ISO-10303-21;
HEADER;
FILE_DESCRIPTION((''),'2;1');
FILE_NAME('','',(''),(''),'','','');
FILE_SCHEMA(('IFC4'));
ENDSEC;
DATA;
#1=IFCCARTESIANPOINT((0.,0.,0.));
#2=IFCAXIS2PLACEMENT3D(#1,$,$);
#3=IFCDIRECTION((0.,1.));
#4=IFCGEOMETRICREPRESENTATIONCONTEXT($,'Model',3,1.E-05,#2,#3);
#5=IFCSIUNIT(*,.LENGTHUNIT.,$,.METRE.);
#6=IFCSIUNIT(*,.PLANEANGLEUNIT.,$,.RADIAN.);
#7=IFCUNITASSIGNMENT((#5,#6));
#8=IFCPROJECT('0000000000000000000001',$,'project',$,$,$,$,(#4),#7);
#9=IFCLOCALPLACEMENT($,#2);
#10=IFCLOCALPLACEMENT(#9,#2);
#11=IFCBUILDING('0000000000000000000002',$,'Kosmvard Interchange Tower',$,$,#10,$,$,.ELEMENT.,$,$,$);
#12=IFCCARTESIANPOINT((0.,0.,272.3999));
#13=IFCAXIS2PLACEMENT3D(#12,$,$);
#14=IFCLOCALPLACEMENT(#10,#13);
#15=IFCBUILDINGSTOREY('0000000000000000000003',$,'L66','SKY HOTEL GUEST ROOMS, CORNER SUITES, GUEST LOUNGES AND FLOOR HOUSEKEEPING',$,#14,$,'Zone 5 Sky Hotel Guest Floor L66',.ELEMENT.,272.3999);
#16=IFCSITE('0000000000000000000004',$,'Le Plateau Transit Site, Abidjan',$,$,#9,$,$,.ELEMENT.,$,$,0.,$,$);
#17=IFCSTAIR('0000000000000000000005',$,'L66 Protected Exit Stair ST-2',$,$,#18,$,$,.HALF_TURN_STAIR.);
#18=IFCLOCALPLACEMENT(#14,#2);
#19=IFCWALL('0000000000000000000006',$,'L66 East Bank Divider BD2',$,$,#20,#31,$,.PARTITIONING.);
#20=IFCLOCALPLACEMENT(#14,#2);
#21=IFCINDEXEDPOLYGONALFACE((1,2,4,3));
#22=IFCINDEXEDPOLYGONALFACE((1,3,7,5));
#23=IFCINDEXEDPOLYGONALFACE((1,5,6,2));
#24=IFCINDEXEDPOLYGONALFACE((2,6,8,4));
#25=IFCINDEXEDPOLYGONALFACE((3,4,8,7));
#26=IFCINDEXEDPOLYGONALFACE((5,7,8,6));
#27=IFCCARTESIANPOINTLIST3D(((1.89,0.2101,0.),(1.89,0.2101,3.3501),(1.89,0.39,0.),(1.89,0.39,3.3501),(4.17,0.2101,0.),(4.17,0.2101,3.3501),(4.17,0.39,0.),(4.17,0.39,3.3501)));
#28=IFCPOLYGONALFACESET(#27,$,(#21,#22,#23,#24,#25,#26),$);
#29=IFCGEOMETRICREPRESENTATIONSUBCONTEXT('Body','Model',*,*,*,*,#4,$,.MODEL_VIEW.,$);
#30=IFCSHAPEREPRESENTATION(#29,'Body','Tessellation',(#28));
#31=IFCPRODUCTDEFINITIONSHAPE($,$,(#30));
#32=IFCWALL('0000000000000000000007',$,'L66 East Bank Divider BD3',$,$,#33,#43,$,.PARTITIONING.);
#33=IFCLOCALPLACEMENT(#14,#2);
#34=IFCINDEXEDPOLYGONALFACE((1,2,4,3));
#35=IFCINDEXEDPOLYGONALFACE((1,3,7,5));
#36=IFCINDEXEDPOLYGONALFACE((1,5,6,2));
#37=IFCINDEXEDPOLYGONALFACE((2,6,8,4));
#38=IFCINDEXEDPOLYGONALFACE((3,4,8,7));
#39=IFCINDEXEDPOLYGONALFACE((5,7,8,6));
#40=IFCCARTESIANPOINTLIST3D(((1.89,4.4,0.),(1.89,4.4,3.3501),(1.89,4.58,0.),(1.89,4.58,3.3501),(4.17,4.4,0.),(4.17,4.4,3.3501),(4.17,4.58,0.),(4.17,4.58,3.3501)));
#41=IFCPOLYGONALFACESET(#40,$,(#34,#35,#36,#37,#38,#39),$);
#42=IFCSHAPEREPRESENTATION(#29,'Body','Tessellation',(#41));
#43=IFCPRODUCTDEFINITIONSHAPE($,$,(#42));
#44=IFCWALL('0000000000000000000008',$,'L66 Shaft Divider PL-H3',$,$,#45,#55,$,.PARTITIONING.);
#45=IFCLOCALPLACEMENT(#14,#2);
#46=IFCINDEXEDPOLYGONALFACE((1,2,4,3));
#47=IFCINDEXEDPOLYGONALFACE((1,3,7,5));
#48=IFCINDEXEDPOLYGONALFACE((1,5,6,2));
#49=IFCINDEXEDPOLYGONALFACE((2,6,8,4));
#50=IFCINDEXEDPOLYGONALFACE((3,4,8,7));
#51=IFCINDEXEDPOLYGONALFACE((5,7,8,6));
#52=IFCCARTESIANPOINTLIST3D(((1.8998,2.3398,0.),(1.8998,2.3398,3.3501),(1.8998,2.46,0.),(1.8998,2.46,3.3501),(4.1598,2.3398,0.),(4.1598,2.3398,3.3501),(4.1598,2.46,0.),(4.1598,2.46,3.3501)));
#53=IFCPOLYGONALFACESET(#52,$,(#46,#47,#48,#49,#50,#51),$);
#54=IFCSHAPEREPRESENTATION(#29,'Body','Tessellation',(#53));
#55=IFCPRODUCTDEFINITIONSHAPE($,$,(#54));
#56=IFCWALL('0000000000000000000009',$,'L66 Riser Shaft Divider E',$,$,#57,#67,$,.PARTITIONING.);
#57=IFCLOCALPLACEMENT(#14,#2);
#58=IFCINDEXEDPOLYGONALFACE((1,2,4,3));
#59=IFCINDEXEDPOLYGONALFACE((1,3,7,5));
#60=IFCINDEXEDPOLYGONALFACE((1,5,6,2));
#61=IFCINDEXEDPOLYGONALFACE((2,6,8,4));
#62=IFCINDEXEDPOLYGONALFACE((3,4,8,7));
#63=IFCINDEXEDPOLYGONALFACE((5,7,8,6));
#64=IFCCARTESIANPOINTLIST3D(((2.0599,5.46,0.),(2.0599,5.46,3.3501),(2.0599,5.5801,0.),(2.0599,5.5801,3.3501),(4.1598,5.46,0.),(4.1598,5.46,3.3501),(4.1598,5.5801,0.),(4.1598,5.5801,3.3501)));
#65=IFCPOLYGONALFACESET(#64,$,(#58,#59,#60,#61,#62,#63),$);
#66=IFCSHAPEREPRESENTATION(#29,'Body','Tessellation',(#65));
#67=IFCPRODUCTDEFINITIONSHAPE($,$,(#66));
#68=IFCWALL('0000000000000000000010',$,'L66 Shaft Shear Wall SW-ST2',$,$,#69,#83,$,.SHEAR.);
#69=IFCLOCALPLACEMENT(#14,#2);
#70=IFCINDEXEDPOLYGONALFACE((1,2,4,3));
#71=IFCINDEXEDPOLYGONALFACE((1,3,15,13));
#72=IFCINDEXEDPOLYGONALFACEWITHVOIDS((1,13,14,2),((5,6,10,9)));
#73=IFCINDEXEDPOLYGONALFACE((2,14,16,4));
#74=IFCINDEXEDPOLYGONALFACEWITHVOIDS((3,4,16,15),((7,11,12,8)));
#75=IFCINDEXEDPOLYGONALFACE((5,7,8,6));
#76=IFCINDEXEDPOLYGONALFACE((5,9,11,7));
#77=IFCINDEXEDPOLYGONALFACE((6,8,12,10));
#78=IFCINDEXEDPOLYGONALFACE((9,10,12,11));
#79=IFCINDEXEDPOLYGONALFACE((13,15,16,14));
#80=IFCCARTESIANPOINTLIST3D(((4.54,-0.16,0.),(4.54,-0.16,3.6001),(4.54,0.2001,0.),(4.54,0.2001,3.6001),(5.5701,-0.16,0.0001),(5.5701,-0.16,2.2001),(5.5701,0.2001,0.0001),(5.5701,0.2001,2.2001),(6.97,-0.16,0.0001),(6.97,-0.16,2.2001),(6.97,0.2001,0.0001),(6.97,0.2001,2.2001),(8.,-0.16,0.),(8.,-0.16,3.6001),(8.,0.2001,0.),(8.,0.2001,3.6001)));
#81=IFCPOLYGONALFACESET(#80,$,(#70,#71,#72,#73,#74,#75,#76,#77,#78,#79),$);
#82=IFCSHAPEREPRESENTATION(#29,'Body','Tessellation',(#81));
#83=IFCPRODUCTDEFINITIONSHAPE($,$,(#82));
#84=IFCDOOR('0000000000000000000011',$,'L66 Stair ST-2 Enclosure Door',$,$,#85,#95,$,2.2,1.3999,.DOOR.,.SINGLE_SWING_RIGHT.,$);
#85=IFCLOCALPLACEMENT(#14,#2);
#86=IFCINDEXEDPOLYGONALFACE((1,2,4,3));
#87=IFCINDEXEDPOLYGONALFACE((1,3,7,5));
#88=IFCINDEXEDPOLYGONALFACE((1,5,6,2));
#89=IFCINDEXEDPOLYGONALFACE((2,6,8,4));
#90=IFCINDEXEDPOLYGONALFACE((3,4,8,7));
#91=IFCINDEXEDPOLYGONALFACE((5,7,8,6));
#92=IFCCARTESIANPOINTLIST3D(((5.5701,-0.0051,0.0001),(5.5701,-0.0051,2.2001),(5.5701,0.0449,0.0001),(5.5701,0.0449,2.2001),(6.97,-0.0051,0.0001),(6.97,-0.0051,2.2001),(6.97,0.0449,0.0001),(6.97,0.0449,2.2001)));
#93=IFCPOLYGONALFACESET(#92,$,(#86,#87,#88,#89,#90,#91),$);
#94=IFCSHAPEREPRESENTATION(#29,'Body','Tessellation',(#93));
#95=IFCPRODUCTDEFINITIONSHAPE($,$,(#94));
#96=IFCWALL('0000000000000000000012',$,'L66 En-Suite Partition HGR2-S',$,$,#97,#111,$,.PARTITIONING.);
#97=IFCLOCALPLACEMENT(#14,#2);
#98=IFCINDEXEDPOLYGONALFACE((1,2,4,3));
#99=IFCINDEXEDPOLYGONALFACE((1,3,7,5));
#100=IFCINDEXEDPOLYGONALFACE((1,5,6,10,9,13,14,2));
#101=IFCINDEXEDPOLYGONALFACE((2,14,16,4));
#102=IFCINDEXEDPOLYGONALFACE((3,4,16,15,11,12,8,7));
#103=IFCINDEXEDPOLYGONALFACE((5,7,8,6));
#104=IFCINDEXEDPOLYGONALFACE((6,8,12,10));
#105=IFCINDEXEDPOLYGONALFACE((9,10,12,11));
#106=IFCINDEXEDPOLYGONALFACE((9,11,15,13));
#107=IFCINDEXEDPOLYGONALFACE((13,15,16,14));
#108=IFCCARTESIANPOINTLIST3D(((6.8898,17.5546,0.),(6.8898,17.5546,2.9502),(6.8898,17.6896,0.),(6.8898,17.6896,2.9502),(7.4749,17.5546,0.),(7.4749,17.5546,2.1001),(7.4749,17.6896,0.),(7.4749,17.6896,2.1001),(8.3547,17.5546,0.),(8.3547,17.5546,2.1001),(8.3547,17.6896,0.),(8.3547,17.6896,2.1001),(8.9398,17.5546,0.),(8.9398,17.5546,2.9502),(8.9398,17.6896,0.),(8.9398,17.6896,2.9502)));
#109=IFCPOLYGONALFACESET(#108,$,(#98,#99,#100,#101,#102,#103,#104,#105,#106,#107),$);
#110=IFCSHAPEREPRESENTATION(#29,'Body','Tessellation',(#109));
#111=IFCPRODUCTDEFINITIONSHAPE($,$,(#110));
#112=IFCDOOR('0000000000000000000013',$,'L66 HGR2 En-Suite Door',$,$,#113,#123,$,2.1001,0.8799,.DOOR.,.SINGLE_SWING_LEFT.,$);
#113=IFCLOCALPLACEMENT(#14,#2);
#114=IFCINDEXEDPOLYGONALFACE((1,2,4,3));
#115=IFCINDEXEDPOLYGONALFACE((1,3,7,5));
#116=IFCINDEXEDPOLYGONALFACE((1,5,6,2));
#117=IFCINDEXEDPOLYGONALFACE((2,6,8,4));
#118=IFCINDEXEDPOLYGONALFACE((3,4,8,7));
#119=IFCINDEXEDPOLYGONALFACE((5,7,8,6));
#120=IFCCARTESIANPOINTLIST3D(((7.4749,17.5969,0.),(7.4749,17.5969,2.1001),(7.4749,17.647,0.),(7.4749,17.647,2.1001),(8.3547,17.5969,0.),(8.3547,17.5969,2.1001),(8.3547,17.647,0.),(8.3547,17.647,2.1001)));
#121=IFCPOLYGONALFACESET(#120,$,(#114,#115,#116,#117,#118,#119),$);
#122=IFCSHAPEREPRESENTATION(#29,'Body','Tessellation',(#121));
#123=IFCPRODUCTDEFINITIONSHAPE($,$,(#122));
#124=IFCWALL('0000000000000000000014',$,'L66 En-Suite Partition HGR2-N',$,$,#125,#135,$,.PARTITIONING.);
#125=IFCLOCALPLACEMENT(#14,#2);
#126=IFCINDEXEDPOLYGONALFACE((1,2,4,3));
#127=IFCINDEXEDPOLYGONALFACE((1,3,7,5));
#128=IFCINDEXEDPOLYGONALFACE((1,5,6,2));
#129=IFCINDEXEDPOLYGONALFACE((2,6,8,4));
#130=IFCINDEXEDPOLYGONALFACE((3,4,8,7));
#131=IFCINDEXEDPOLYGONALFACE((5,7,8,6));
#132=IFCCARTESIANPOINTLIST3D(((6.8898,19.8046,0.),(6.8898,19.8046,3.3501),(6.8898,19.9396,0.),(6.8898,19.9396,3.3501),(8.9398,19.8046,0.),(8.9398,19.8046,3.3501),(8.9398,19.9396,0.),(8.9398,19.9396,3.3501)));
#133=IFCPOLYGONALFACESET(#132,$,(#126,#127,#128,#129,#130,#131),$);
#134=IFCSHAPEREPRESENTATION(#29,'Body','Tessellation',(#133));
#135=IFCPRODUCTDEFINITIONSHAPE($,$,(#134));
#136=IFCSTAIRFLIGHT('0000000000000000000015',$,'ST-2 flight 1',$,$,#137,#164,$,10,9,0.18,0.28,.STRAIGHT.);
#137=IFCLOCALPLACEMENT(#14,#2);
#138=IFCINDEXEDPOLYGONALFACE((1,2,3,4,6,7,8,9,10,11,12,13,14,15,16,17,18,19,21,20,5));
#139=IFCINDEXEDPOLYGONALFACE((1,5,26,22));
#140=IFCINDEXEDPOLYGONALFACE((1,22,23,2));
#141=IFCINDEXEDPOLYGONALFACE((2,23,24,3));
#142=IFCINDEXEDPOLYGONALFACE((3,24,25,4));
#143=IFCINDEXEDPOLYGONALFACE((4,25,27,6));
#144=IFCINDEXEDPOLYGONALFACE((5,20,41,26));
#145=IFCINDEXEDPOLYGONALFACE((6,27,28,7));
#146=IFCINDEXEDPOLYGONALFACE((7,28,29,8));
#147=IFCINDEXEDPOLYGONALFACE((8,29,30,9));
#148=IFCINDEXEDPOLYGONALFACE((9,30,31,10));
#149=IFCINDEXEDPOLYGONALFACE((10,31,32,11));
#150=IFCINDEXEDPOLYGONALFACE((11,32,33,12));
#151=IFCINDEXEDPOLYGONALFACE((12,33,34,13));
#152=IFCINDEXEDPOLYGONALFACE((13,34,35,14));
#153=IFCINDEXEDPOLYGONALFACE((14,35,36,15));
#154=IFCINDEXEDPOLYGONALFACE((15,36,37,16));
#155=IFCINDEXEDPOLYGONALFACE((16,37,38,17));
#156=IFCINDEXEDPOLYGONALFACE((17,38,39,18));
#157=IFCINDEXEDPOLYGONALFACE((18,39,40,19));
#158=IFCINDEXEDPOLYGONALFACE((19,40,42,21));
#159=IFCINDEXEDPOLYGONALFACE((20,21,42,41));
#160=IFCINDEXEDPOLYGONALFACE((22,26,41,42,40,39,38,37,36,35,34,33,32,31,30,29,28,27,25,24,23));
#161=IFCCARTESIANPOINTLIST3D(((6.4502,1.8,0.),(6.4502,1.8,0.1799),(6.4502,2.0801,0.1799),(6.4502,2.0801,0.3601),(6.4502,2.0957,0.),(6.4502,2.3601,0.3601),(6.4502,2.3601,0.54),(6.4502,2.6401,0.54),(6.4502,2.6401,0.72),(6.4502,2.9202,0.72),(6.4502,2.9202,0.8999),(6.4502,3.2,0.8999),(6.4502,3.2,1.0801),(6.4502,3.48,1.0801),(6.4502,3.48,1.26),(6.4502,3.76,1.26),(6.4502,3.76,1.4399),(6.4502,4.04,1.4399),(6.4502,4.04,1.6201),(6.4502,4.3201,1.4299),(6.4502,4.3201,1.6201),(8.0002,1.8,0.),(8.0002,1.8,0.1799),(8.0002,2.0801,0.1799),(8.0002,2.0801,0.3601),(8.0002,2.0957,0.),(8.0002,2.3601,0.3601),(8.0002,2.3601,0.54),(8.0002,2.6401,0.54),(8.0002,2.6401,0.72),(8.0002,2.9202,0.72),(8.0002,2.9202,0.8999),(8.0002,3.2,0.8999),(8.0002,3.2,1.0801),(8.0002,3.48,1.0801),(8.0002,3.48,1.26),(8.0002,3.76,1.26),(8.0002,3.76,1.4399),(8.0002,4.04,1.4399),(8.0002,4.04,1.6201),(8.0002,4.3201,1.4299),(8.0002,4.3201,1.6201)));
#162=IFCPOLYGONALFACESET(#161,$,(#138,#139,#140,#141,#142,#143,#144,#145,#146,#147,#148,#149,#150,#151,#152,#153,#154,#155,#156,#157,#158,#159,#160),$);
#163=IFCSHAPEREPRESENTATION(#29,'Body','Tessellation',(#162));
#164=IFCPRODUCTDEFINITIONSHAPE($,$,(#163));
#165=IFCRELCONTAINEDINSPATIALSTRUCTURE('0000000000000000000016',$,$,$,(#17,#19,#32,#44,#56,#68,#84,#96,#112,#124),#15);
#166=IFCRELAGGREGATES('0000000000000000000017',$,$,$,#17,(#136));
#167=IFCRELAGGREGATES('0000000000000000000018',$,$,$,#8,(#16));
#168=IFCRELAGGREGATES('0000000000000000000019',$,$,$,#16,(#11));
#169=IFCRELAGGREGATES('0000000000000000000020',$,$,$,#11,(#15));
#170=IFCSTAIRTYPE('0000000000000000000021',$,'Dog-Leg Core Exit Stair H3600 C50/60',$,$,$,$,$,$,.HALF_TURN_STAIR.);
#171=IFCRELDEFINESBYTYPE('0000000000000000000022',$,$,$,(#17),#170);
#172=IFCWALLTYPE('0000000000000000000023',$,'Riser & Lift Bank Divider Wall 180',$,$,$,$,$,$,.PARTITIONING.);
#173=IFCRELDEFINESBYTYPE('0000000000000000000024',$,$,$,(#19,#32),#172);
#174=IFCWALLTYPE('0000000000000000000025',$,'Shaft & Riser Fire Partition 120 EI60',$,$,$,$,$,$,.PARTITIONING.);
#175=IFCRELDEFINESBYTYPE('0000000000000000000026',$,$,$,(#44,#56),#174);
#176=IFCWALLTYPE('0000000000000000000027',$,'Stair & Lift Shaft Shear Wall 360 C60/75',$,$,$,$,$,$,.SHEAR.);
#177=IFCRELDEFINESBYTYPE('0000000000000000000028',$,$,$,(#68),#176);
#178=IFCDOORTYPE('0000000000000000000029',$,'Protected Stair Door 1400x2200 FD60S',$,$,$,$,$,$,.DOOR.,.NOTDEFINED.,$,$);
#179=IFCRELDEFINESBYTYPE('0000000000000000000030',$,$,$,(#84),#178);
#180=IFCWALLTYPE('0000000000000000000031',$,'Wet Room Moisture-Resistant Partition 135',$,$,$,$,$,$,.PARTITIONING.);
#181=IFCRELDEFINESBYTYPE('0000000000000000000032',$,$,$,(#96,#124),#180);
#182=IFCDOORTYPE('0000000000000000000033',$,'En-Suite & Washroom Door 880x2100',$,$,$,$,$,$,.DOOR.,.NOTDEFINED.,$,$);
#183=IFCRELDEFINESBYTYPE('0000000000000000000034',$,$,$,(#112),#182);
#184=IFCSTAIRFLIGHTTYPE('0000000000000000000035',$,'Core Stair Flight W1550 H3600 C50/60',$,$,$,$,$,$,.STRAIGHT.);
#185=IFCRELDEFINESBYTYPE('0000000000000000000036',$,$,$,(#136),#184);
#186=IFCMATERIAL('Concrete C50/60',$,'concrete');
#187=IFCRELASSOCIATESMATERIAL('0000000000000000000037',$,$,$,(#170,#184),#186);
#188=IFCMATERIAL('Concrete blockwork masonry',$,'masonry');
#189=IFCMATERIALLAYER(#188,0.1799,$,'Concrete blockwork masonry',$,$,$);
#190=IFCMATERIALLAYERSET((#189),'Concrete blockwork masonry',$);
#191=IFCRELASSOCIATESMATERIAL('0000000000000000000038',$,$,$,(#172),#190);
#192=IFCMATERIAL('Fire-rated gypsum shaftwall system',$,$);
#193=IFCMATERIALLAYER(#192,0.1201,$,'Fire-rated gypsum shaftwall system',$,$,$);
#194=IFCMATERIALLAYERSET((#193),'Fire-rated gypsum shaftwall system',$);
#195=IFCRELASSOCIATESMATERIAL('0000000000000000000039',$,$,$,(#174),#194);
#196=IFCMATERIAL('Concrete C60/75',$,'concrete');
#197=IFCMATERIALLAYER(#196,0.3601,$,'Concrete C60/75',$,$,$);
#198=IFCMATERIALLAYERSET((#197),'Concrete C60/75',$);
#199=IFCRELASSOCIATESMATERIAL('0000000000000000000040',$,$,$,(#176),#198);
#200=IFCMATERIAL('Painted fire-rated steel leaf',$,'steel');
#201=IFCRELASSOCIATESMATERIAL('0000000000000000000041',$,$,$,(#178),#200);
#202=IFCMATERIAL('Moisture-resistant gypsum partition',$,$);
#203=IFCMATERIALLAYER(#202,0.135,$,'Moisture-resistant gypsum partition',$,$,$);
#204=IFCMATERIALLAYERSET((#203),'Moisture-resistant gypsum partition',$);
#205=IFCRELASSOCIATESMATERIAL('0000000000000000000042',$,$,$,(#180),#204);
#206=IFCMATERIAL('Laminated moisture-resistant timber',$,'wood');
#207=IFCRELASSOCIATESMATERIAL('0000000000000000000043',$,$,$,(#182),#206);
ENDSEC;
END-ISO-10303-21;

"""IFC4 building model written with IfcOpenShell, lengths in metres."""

from ifc_helpers import new_model, si_unit, direction, frame, frame_2d, origin, place, context, subcontext, project, spatial, polyline, rectangle, outline, extrude, source, transform, mapped, material, layer, layer_set, type_object, element, fill, aggregate, save


model = new_model("IFC4")

# Units and contexts
model_context = context("Model", 3, precision=1e-05, world=origin(), true_north=direction((0.0, 1.0)))
body_context = subcontext(model_context, "Body", "Model", "MODEL_VIEW")
ifc_project = project(units=[si_unit("LENGTHUNIT", "METRE"), si_unit("PLANEANGLEUNIT", "RADIAN")], contexts=[model_context])

# Site, building, storey
site_placement = place(None, origin())
site = spatial("IfcSite", under=ifc_project, at=site_placement, Name="Le Plateau Transit Site, Abidjan", CompositionType="ELEMENT", RefElevation=0.0)
building_placement = place(site_placement, origin())
building = spatial("IfcBuilding", under=site, at=building_placement, Name="Kosmvard Interchange Tower", CompositionType="ELEMENT")
storey_placement = place(building_placement, frame((0.0, 0.0, 272.3999)))
storey = spatial("IfcBuildingStorey", under=building, at=storey_placement, Name="L66", Description="SKY HOTEL GUEST ROOMS, CORNER SUITES, GUEST LOUNGES AND FLOOR HOUSEKEEPING", LongName="Zone 5 Sky Hotel Guest Floor L66", CompositionType="ELEMENT", Elevation=272.3999)

# Shared definitions
ifc_material_1 = material(Name="Concrete C50/60", Category="concrete")

# Stair
stair_type = type_object("IfcStairType", Name="Dog-Leg Core Exit Stair H3600 C50/60", PredefinedType="HALF_TURN_STAIR", material=ifc_material_1)
stair_1_placement = place(storey_placement, origin())
stair_1 = element("IfcStair", 1, at=stair_1_placement, inside=storey, type_object=stair_type, Name="L66 Protected Exit Stair ST-2", PredefinedType="HALF_TURN_STAIR")

# Walls
ifc_material_2 = material(Name="Concrete blockwork masonry", Category="masonry")
ifc_layer_1 = layer(ifc_material_2, 0.1799, Name="Concrete blockwork masonry")
ifc_layer_set_1 = layer_set([ifc_layer_1], Name="Concrete blockwork masonry")
wall_type_1 = type_object("IfcWallType", Name="Riser & Lift Bank Divider Wall 180", PredefinedType="PARTITIONING", material=ifc_layer_set_1)
for number, where, z_axis, x_axis, name in (
    (2, (1.8899, 0.3, 0.0), (0.0, 0.0, 1.0), (1.0, 0.0, 0.0), "L66 East Bank Divider BD2"),
    (3, (1.8899, 4.49, 0.0), (0.0, 0.0, 1.0), (1.0, 0.0, 0.0), "L66 East Bank Divider BD3"),
):
    element("IfcWall", number, at=place(storey_placement, frame(where, z_axis=z_axis, x_axis=x_axis)), inside=storey, type_object=wall_type_1, Name=name, PredefinedType="PARTITIONING", context=body_context, shape_type="SweptSolid", body=[
        extrude(rectangle(XDim=2.28, YDim=0.1799, at=frame_2d((1.1401, 0.0))), origin(), (0.0, 0.0, 1.0), 3.3501),
    ])
ifc_material_3 = material(Name="Fire-rated gypsum shaftwall system")
ifc_layer_2 = layer(ifc_material_3, 0.1201, Name="Fire-rated gypsum shaftwall system")
ifc_layer_set_2 = layer_set([ifc_layer_2], Name="Fire-rated gypsum shaftwall system")
wall_type_2 = type_object("IfcWallType", Name="Shaft & Riser Fire Partition 120 EI60", PredefinedType="PARTITIONING", material=ifc_layer_set_2)
wall_1_placement = place(storey_placement, frame((1.8999, 2.3999, 0.0), z_axis=(0.0, 0.0, 1.0), x_axis=(1.0, 0.0, 0.0)))
element("IfcWall", 4, at=wall_1_placement, inside=storey, type_object=wall_type_2, Name="L66 Shaft Divider PL-H3", PredefinedType="PARTITIONING", context=body_context, shape_type="SweptSolid", body=[
    extrude(rectangle(XDim=2.26, YDim=0.1201, at=frame_2d((1.1299, 0.0))), origin(), (0.0, 0.0, 1.0), 3.3501),
])
wall_2_placement = place(storey_placement, frame((2.0601, 5.52, 0.0), z_axis=(0.0, 0.0, 1.0), x_axis=(1.0, 0.0, 0.0)))
element("IfcWall", 5, at=wall_2_placement, inside=storey, type_object=wall_type_2, Name="L66 Riser Shaft Divider E", PredefinedType="PARTITIONING", context=body_context, shape_type="SweptSolid", body=[
    extrude(rectangle(XDim=2.0999, YDim=0.1201, at=frame_2d((1.0498, 0.0))), origin(), (0.0, 0.0, 1.0), 3.3501),
])

# Walls, openings, doors
ifc_material_4 = material(Name="Concrete C60/75", Category="concrete")
ifc_layer_3 = layer(ifc_material_4, 0.3601, Name="Concrete C60/75")
ifc_layer_set_3 = layer_set([ifc_layer_3], Name="Concrete C60/75")
wall_type_3 = type_object("IfcWallType", Name="Stair & Lift Shaft Shear Wall 360 C60/75", PredefinedType="SHEAR", material=ifc_layer_set_3)
wall_3_placement = place(storey_placement, frame((4.54, 0.02, 0.0), z_axis=(0.0, 0.0, 1.0), x_axis=(1.0, 0.0, 0.0)))
wall_3 = element("IfcWall", 6, at=wall_3_placement, inside=storey, type_object=wall_type_3, Name="L66 Shaft Shear Wall SW-ST2", PredefinedType="SHEAR", context=body_context, shape_type="SweptSolid", body=[
    extrude(rectangle(XDim=3.46, YDim=0.3601, at=frame_2d((1.73, 0.0))), origin(), (0.0, 0.0, 1.0), 3.6001),
])
opening_1_placement = place(wall_3_placement, frame((1.03, 0.0, 0.0)))
opening_1 = element("IfcOpeningElement", 7, at=opening_1_placement, cuts=wall_3, PredefinedType="OPENING", context=body_context, shape_type="SweptSolid", body=[
    extrude(rectangle(XDim=1.3999, YDim=2.2, at=frame_2d((0.7, 1.1001))), frame((0.0, 0.1899, 0.0), z_axis=(0.0, -1.0, 0.0), x_axis=(1.0, 0.0, 0.0)), (0.0, 0.0, 1.0), 0.3801),
])
ifc_material_5 = material(Name="Painted fire-rated steel leaf", Category="steel")
door_type_1 = type_object("IfcDoorType", Name="Protected Stair Door 1400x2200 FD60S", OperationType="NOTDEFINED", PredefinedType="DOOR", material=ifc_material_5)
shared_shape_1 = source(origin(), body_context, "Body", "SweptSolid", [
    extrude(rectangle(XDim=1.3999, YDim=2.2, at=frame_2d((0.7, 1.1001))), frame((0.0, 0.0249, 0.0), z_axis=(0.0, -1.0, 0.0), x_axis=(1.0, 0.0, 0.0)), (0.0, 0.0, 1.0), 0.05),
])
door_1_placement = place(opening_1_placement, origin())
door_1 = element("IfcDoor", 8, at=door_1_placement, inside=storey, type_object=door_type_1, Name="L66 Stair ST-2 Enclosure Door", OperationType="SINGLE_SWING_RIGHT", OverallHeight=2.2, OverallWidth=1.3999, PredefinedType="DOOR", context=body_context, shape_type="MappedRepresentation", body=[
    mapped(shared_shape_1, transform((0.0, 0.0, 0.0), scale=1.0)),
])
fill(opening_1, door_1)
ifc_material_6 = material(Name="Moisture-resistant gypsum partition")
ifc_layer_4 = layer(ifc_material_6, 0.135, Name="Moisture-resistant gypsum partition")
ifc_layer_set_4 = layer_set([ifc_layer_4], Name="Moisture-resistant gypsum partition")
wall_type_4 = type_object("IfcWallType", Name="Wet Room Moisture-Resistant Partition 135", PredefinedType="PARTITIONING", material=ifc_layer_set_4)
wall_4_placement = place(storey_placement, frame((6.8899, 17.6221, 0.0), z_axis=(0.0, 0.0, 1.0), x_axis=(1.0, 0.0, 0.0)))
wall_4 = element("IfcWall", 9, at=wall_4_placement, inside=storey, type_object=wall_type_4, Name="L66 En-Suite Partition HGR2-S", PredefinedType="PARTITIONING", context=body_context, shape_type="SweptSolid", body=[
    extrude(rectangle(XDim=2.05, YDim=0.135, at=frame_2d((1.0249, 0.0))), origin(), (0.0, 0.0, 1.0), 2.9502),
])
opening_2_placement = place(wall_4_placement, frame((0.585, 0.0, 0.0)))
opening_2 = element("IfcOpeningElement", 10, at=opening_2_placement, cuts=wall_4, PredefinedType="OPENING", context=body_context, shape_type="SweptSolid", body=[
    extrude(rectangle(XDim=0.8799, YDim=2.1001, at=frame_2d((0.4399, 1.05))), frame((0.0, 0.0776, 0.0), z_axis=(0.0, -1.0, 0.0), x_axis=(1.0, 0.0, 0.0)), (0.0, 0.0, 1.0), 0.155),
])
ifc_material_7 = material(Name="Laminated moisture-resistant timber", Category="wood")
door_type_2 = type_object("IfcDoorType", Name="En-Suite & Washroom Door 880x2100", OperationType="NOTDEFINED", PredefinedType="DOOR", material=ifc_material_7)
shared_shape_2 = source(origin(), body_context, "Body", "SweptSolid", [
    extrude(rectangle(XDim=0.8799, YDim=2.1001, at=frame_2d((0.4399, 1.05))), frame((0.0, 0.0249, 0.0), z_axis=(0.0, -1.0, 0.0), x_axis=(1.0, 0.0, 0.0)), (0.0, 0.0, 1.0), 0.05),
])
door_2_placement = place(opening_2_placement, origin())
door_2 = element("IfcDoor", 11, at=door_2_placement, inside=storey, type_object=door_type_2, Name="L66 HGR2 En-Suite Door", OperationType="SINGLE_SWING_LEFT", OverallHeight=2.1001, OverallWidth=0.8799, PredefinedType="DOOR", context=body_context, shape_type="MappedRepresentation", body=[
    mapped(shared_shape_2, transform((0.0, 0.0, 0.0), scale=1.0)),
])
fill(opening_2, door_2)

# Wall
wall_5_placement = place(storey_placement, frame((6.8899, 19.8721, 0.0), z_axis=(0.0, 0.0, 1.0), x_axis=(1.0, 0.0, 0.0)))
element("IfcWall", 12, at=wall_5_placement, inside=storey, type_object=wall_type_4, Name="L66 En-Suite Partition HGR2-N", PredefinedType="PARTITIONING", context=body_context, shape_type="SweptSolid", body=[
    extrude(rectangle(XDim=2.05, YDim=0.135, at=frame_2d((1.0249, 0.0))), origin(), (0.0, 0.0, 1.0), 3.3501),
])

# Stair flight
stair_flight_type = type_object("IfcStairFlightType", Name="Core Stair Flight W1550 H3600 C50/60", PredefinedType="STRAIGHT", material=ifc_material_1)
shared_shape_3 = source(origin(), body_context, "Body", "SweptSolid", [
    extrude(outline(polyline([(0.0, 0.0), (0.0, 0.1799), (0.28, 0.1799), (0.28, 0.3601), (0.5601, 0.3601), (0.5601, 0.54), (0.8401, 0.54), (0.8401, 0.72), (1.1201, 0.72), (1.1201, 0.8999), (1.3999, 0.8999), (1.3999, 1.0801), (1.6799, 1.0801), (1.6799, 1.26), (1.96, 1.26), (1.96, 1.4399), (2.24, 1.4399), (2.24, 1.6201), (2.52, 1.6201), (2.52, 1.8), (2.52, 1.4299), (0.2957, 0.0), (0.0, 0.0)])), frame((0.0, 0.7749, 0.0), z_axis=(0.0, -1.0, 0.0), x_axis=(1.0, 0.0, 0.0)), (0.0, 0.0, 1.0), 1.55),
])
stair_flight_1_placement = place(storey_placement, frame((7.2251, 1.8, 0.0), z_axis=(0.0, 0.0, 1.0), x_axis=(0.0, 1.0, 0.0)))
stair_flight_1 = element("IfcStairFlight", 13, at=stair_flight_1_placement, type_object=stair_flight_type, Name="ST-2 flight 1", NumberOfRisers=10, NumberOfTreads=9, PredefinedType="STRAIGHT", RiserHeight=0.18, TreadLength=0.28, context=body_context, shape_type="MappedRepresentation", body=[
    mapped(shared_shape_3, transform((0.0, 0.0, 0.0), scale=1.0)),
])
aggregate(stair_1, [stair_flight_1])

save(model, "model.ifc")
